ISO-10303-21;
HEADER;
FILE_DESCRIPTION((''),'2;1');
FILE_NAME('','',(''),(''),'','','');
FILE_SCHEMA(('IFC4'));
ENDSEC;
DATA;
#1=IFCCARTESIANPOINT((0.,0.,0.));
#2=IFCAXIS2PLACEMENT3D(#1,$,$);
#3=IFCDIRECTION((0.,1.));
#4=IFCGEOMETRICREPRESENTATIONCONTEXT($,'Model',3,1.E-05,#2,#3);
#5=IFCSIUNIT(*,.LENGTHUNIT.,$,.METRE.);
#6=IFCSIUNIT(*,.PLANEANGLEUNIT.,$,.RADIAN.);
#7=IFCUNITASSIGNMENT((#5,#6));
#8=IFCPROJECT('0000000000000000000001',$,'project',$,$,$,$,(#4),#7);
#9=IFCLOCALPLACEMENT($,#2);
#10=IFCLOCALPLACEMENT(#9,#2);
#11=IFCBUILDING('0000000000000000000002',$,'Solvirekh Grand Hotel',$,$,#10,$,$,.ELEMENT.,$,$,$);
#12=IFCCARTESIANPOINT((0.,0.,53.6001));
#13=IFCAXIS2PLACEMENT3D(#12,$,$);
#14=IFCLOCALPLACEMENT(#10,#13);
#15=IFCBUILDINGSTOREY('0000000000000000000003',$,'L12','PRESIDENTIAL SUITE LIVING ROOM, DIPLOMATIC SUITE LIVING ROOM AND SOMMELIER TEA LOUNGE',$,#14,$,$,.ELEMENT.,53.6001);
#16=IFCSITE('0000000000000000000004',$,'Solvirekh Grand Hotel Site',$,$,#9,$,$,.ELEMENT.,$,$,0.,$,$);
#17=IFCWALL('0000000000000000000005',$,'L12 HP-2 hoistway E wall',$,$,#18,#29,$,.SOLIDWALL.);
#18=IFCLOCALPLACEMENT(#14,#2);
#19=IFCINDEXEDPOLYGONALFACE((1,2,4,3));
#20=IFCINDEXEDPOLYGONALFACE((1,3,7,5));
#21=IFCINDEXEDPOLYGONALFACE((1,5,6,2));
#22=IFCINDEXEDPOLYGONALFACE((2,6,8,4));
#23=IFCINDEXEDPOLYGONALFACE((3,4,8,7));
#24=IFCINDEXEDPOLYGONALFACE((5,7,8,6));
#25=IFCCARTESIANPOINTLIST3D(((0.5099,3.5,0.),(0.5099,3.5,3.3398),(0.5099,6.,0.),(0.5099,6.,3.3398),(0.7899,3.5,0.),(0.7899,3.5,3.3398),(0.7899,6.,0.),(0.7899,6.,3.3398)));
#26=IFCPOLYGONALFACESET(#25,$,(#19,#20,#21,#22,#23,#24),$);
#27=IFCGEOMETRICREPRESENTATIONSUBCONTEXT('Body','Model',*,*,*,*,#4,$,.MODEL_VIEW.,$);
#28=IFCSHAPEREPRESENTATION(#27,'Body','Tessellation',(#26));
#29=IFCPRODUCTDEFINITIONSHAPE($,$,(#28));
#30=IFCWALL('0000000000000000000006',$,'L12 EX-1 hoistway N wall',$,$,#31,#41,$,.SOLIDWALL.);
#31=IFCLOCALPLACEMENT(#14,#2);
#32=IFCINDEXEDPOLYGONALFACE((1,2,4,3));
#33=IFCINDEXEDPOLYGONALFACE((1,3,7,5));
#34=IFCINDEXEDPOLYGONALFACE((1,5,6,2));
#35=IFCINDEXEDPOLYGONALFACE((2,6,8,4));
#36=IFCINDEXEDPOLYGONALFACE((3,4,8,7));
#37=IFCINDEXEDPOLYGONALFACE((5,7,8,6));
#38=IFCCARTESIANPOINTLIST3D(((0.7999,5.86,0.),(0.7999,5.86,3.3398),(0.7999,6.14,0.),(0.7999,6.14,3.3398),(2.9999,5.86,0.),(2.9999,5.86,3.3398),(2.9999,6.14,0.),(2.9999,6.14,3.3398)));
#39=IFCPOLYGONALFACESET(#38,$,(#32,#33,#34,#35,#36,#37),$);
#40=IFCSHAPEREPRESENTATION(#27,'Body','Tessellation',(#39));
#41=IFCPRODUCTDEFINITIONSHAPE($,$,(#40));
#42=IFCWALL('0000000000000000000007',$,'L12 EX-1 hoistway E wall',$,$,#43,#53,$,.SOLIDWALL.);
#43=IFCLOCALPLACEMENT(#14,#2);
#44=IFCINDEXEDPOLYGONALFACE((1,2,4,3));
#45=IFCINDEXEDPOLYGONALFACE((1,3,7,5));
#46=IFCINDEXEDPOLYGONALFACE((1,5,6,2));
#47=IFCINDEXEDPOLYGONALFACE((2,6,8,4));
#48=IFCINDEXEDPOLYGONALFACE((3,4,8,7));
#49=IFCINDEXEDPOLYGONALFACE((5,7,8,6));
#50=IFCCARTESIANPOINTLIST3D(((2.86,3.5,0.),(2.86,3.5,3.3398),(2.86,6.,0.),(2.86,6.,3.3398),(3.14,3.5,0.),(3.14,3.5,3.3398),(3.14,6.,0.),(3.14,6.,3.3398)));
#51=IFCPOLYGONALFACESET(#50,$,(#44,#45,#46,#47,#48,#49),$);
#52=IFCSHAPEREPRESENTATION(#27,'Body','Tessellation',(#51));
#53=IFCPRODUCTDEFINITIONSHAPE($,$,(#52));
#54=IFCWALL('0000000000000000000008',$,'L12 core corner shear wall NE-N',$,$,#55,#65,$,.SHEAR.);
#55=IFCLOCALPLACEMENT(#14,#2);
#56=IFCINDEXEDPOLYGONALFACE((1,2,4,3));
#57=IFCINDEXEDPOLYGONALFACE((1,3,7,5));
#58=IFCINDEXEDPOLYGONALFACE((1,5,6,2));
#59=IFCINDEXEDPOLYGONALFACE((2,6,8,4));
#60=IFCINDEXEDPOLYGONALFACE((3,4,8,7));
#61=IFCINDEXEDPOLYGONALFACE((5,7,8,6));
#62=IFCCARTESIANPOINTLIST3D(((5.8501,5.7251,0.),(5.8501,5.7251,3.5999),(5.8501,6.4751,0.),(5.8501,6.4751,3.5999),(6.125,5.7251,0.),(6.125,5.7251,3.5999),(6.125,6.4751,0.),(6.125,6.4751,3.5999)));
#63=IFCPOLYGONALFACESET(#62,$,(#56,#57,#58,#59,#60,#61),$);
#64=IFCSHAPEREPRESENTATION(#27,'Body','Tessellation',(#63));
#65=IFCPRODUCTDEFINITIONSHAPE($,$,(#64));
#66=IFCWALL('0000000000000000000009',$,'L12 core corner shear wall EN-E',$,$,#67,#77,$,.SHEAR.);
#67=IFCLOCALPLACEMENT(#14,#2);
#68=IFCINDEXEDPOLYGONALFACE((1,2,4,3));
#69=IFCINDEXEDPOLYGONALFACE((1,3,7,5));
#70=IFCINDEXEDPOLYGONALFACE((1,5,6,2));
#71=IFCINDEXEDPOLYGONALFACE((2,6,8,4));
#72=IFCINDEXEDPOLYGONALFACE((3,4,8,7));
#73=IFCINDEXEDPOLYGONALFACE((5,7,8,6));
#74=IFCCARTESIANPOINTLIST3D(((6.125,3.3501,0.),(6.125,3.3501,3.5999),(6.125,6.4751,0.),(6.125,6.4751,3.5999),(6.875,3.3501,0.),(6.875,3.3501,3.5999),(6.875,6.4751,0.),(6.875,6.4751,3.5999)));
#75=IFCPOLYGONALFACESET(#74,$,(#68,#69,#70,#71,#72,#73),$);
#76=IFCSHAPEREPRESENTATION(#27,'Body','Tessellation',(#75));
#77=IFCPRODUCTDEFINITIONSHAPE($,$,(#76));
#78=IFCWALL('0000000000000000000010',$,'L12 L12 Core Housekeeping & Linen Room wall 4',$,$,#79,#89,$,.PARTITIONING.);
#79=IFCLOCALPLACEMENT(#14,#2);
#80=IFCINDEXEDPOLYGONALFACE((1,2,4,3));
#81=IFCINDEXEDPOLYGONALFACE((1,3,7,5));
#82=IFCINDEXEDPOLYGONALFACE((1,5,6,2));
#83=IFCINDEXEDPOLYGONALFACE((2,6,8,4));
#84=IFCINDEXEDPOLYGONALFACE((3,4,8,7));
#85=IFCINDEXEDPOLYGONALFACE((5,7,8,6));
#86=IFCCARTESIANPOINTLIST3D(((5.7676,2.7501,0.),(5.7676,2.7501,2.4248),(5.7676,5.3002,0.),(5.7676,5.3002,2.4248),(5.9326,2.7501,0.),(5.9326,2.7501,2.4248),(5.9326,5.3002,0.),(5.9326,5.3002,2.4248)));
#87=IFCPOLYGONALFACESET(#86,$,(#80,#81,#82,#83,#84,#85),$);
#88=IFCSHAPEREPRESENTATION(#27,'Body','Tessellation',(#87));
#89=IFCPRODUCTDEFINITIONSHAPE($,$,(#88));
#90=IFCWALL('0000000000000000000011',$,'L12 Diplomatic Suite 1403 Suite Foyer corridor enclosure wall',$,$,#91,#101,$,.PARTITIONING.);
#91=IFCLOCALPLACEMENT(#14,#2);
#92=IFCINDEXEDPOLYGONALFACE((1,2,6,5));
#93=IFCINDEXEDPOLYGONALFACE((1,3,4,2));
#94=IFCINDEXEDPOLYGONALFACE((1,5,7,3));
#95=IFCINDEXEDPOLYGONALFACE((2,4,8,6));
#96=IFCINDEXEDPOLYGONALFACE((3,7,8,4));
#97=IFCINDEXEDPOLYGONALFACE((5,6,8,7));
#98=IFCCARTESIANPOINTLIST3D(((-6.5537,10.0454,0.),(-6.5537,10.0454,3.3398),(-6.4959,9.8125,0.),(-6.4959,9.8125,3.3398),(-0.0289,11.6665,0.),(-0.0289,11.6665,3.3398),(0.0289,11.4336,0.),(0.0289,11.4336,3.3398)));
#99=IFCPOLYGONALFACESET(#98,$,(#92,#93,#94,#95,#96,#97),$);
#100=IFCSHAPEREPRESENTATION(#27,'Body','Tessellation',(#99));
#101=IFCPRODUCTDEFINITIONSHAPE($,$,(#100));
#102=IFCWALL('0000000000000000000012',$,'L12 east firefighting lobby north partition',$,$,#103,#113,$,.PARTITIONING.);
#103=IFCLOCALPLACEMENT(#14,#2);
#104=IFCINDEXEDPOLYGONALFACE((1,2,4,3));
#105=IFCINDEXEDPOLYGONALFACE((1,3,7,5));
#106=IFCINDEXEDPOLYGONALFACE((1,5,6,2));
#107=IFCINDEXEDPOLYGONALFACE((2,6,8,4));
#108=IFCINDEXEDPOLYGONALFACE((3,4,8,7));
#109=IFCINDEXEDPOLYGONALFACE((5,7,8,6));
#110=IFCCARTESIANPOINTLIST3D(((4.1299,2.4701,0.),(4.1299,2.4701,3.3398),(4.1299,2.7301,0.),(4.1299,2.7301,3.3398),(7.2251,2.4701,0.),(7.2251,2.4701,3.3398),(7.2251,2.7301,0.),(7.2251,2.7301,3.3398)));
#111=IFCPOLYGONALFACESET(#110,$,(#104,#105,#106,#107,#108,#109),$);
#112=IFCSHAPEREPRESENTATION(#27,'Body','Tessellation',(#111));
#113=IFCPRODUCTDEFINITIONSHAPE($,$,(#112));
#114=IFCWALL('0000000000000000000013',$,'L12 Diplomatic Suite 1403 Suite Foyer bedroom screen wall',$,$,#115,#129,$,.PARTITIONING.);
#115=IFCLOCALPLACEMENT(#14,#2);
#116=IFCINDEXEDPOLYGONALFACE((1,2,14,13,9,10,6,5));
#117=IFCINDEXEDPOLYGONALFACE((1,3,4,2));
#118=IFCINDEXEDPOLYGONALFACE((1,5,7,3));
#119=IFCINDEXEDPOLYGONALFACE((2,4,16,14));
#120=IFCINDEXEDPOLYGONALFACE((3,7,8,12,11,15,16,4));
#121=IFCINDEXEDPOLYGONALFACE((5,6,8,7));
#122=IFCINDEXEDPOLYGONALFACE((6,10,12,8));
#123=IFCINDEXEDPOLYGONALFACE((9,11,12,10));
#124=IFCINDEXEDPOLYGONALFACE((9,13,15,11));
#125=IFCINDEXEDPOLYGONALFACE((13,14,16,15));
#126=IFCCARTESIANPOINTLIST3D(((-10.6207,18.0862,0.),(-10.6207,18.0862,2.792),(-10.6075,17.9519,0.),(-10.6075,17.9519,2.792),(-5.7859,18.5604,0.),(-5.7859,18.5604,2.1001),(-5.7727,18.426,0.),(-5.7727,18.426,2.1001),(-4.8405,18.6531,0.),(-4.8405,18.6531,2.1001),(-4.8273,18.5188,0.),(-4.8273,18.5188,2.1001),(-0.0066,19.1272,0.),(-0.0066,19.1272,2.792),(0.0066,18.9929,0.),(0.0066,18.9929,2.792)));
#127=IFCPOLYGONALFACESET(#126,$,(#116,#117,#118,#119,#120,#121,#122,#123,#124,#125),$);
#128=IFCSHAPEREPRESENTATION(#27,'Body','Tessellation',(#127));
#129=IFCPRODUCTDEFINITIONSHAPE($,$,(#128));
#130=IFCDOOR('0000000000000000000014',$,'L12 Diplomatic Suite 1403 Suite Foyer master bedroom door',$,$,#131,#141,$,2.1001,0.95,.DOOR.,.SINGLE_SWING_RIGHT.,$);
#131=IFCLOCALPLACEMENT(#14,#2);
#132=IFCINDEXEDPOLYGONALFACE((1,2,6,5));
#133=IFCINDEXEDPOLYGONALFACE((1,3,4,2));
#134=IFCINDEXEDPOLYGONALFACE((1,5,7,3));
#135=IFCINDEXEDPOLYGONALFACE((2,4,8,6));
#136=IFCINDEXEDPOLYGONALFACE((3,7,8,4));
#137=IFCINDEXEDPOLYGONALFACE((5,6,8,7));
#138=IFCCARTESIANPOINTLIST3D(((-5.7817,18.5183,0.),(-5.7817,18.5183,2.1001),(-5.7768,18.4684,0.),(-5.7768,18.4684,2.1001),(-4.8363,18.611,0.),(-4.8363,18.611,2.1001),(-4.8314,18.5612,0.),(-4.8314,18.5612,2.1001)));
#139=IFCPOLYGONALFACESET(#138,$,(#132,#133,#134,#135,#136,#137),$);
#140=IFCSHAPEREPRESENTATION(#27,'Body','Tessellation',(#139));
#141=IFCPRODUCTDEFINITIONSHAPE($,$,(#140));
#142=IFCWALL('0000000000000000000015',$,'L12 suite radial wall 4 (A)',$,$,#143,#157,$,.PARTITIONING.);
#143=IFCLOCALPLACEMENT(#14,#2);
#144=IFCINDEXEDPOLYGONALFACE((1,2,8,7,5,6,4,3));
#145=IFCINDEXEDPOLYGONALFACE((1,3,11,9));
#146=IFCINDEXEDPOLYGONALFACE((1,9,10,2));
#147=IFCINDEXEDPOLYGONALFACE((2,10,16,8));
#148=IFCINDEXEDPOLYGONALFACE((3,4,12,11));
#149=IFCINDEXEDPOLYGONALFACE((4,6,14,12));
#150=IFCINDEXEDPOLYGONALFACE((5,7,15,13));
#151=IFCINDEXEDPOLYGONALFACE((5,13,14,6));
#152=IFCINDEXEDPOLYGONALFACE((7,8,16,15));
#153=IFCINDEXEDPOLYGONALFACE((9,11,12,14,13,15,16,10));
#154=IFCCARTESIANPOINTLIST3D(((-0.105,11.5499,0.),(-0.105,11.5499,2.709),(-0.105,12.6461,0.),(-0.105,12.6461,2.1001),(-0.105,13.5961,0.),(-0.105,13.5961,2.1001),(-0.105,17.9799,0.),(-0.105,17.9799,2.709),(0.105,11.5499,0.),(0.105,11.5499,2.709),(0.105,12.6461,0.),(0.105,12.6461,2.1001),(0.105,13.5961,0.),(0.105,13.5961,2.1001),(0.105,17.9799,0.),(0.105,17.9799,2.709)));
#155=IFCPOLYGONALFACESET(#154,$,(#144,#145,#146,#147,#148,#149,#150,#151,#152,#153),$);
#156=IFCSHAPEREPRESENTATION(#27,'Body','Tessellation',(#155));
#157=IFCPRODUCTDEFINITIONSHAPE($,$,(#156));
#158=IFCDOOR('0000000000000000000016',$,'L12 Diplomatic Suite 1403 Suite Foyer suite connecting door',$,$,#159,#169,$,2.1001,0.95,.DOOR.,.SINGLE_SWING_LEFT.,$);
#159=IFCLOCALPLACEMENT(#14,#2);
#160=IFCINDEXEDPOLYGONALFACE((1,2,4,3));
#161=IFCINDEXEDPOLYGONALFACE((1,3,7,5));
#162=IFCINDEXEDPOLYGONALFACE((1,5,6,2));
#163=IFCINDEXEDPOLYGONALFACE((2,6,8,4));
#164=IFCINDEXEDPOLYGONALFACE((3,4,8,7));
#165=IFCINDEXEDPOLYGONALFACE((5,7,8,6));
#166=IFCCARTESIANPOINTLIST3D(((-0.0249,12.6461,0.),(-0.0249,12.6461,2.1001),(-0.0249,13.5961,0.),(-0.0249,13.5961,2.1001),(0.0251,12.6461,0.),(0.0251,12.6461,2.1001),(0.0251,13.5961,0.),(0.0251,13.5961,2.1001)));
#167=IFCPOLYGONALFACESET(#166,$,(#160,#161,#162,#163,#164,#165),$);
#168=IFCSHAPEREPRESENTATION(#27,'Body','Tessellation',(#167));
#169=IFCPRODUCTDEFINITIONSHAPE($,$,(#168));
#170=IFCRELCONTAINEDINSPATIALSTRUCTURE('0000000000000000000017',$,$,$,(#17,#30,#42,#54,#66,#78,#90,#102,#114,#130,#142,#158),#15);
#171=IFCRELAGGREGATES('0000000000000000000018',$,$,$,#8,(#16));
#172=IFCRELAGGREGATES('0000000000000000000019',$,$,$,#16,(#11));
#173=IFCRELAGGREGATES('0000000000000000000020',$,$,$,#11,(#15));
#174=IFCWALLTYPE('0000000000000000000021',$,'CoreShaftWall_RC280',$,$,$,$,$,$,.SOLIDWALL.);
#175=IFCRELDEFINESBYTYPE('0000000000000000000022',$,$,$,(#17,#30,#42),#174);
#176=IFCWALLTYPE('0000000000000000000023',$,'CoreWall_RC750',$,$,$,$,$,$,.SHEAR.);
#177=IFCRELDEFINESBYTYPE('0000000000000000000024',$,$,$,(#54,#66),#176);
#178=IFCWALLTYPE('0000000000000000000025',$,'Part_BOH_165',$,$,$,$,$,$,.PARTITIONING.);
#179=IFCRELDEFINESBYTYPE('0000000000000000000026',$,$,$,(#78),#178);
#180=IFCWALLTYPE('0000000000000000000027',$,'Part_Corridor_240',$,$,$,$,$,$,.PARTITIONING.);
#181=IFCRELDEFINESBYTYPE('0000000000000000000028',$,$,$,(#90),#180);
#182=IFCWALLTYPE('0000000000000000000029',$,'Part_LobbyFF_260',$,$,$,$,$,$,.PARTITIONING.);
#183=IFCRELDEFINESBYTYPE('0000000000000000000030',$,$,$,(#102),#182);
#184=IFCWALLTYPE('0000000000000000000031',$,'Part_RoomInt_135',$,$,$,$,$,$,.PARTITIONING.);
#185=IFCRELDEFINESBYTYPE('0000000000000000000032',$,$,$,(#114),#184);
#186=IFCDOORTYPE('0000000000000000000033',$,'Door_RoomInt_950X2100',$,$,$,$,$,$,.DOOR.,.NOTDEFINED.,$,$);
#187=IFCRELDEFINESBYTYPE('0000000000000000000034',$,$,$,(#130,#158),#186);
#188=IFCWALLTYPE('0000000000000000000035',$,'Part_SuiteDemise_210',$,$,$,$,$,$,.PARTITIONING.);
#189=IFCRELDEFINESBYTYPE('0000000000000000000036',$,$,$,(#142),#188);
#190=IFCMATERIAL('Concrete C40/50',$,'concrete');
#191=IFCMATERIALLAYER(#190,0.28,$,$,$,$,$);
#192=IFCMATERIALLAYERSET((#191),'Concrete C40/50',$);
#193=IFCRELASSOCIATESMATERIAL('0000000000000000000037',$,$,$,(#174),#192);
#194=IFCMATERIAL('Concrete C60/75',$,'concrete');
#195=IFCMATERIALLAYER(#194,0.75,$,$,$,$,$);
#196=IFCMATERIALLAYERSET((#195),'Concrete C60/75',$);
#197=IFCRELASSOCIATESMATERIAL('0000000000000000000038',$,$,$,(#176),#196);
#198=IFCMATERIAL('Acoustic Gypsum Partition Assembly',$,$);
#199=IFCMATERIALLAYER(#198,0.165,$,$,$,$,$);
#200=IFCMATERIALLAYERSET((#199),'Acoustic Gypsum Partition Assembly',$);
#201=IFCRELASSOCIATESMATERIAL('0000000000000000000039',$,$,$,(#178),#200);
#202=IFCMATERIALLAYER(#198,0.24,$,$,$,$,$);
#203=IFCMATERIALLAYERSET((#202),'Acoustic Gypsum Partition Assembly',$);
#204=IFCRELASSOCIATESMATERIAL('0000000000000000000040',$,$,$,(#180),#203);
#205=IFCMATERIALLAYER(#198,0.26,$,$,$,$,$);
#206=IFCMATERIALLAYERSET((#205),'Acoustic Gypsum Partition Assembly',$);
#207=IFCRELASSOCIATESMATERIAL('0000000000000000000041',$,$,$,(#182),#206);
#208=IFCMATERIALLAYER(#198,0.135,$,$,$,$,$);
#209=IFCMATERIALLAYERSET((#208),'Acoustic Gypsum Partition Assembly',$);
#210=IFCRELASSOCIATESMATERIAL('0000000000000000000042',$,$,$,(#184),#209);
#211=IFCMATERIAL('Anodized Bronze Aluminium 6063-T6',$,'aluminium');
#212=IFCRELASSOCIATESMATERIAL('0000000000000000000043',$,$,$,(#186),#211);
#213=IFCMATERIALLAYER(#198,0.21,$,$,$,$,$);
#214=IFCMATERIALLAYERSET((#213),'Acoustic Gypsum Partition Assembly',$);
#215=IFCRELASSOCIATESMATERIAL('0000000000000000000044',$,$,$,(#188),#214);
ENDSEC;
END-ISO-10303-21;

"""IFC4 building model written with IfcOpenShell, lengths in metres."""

from ifc_helpers import new_model, si_unit, direction, frame, frame_2d, origin, place, context, subcontext, project, spatial, rectangle, extrude, material, layer, layer_set, type_object, element, fill, save


model = new_model("IFC4")

# Units and contexts
model_context = context("Model", 3, precision=1e-05, world=origin(), true_north=direction((0.0, 1.0)))
body_context = subcontext(model_context, "Body", "Model", "MODEL_VIEW")
ifc_project = project(units=[si_unit("LENGTHUNIT", "METRE"), si_unit("PLANEANGLEUNIT", "RADIAN")], contexts=[model_context])

# Site, building, storey
site_placement = place(None, origin())
site = spatial("IfcSite", under=ifc_project, at=site_placement, Name="Solvirekh Grand Hotel Site", CompositionType="ELEMENT", RefElevation=0.0)
building_placement = place(site_placement, origin())
building = spatial("IfcBuilding", under=site, at=building_placement, Name="Solvirekh Grand Hotel", CompositionType="ELEMENT")
storey_placement = place(building_placement, frame((0.0, 0.0, 53.6001)))
storey = spatial("IfcBuildingStorey", under=building, at=storey_placement, Name="L12", Description="PRESIDENTIAL SUITE LIVING ROOM, DIPLOMATIC SUITE LIVING ROOM AND SOMMELIER TEA LOUNGE", CompositionType="ELEMENT", Elevation=53.6001)

# Shared definitions
ifc_material_1 = material(Name="Concrete C60/75", Category="concrete")

# Shared definitions
ifc_material_2 = material(Name="Anodized Bronze Aluminium 6063-T6", Category="aluminium")

# Walls
ifc_material_3 = material(Name="Concrete C40/50", Category="concrete")
ifc_layer_1 = layer(ifc_material_3, 0.28)
ifc_layer_set_1 = layer_set([ifc_layer_1], Name="Concrete C40/50")
wall_type_1 = type_object("IfcWallType", Name="CoreShaftWall_RC280", PredefinedType="SOLIDWALL", material=ifc_layer_set_1)
wall_1_placement = place(storey_placement, frame((0.6499, 3.5, 0.0), z_axis=(0.0, 0.0, 1.0), x_axis=(0.0, 1.0, 0.0)))
element("IfcWall", 1, at=wall_1_placement, inside=storey, type_object=wall_type_1, Name="L12 HP-2 hoistway E wall", PredefinedType="SOLIDWALL", context=body_context, shape_type="SweptSolid", body=[
    extrude(rectangle(XDim=2.5, YDim=0.28, at=frame_2d((1.25, 0.0))), origin(), (0.0, 0.0, 1.0), 3.3398),
])
wall_2_placement = place(storey_placement, frame((3.0, 6.0, 0.0), z_axis=(0.0, 0.0, 1.0), x_axis=(-1.0, 0.0, 0.0)))
element("IfcWall", 2, at=wall_2_placement, inside=storey, type_object=wall_type_1, Name="L12 EX-1 hoistway N wall", PredefinedType="SOLIDWALL", context=body_context, shape_type="SweptSolid", body=[
    extrude(rectangle(XDim=2.2, YDim=0.28, at=frame_2d((1.1001, 0.0))), origin(), (0.0, 0.0, 1.0), 3.3398),
])
wall_3_placement = place(storey_placement, frame((3.0, 3.5, 0.0), z_axis=(0.0, 0.0, 1.0), x_axis=(0.0, 1.0, 0.0)))
element("IfcWall", 3, at=wall_3_placement, inside=storey, type_object=wall_type_1, Name="L12 EX-1 hoistway E wall", PredefinedType="SOLIDWALL", context=body_context, shape_type="SweptSolid", body=[
    extrude(rectangle(XDim=2.5, YDim=0.28, at=frame_2d((1.25, 0.0))), origin(), (0.0, 0.0, 1.0), 3.3398),
])
ifc_layer_2 = layer(ifc_material_1, 0.75)
ifc_layer_set_2 = layer_set([ifc_layer_2], Name="Concrete C60/75")
wall_type_2 = type_object("IfcWallType", Name="CoreWall_RC750", PredefinedType="SHEAR", material=ifc_layer_set_2)
wall_4_placement = place(storey_placement, frame((5.8501, 6.1001, 0.0), z_axis=(0.0, 0.0, 1.0), x_axis=(1.0, 0.0, 0.0)))
element("IfcWall", 4, at=wall_4_placement, inside=storey, type_object=wall_type_2, Name="L12 core corner shear wall NE-N", PredefinedType="SHEAR", context=body_context, shape_type="SweptSolid", body=[
    extrude(rectangle(XDim=0.2749, YDim=0.75, at=frame_2d((0.1375, 0.0))), origin(), (0.0, 0.0, 1.0), 3.5999),
])
wall_5_placement = place(storey_placement, frame((6.5, 3.3501, 0.0), z_axis=(0.0, 0.0, 1.0), x_axis=(0.0, 1.0, 0.0)))
element("IfcWall", 5, at=wall_5_placement, inside=storey, type_object=wall_type_2, Name="L12 core corner shear wall EN-E", PredefinedType="SHEAR", context=body_context, shape_type="SweptSolid", body=[
    extrude(rectangle(XDim=3.125, YDim=0.75, at=frame_2d((1.5625, 0.0))), origin(), (0.0, 0.0, 1.0), 3.5999),
])
ifc_material_4 = material(Name="Acoustic Gypsum Partition Assembly")
ifc_layer_3 = layer(ifc_material_4, 0.165)
ifc_layer_set_3 = layer_set([ifc_layer_3], Name="Acoustic Gypsum Partition Assembly")
wall_type_3 = type_object("IfcWallType", Name="Part_BOH_165", PredefinedType="PARTITIONING", material=ifc_layer_set_3)
wall_6_placement = place(storey_placement, frame((5.8501, 5.3, 0.0), z_axis=(0.0, 0.0, 1.0), x_axis=(0.0, -1.0, 0.0)))
element("IfcWall", 6, at=wall_6_placement, inside=storey, type_object=wall_type_3, Name="L12 L12 Core Housekeeping & Linen Room wall 4", PredefinedType="PARTITIONING", context=body_context, shape_type="SweptSolid", body=[
    extrude(rectangle(XDim=2.55, YDim=0.165, at=frame_2d((1.2749, 0.0))), origin(), (0.0, 0.0, 1.0), 2.4248),
])
ifc_layer_4 = layer(ifc_material_4, 0.24)
ifc_layer_set_4 = layer_set([ifc_layer_4], Name="Acoustic Gypsum Partition Assembly")
wall_type_4 = type_object("IfcWallType", Name="Part_Corridor_240", PredefinedType="PARTITIONING", material=ifc_layer_set_4)
wall_7_placement = place(storey_placement, frame((0.0, 11.55, 0.0), z_axis=(0.0, 0.0, 1.0), x_axis=(-0.970496, -0.241117, 0.0)))
element("IfcWall", 7, at=wall_7_placement, inside=storey, type_object=wall_type_4, Name="L12 Diplomatic Suite 1403 Suite Foyer corridor enclosure wall", PredefinedType="PARTITIONING", context=body_context, shape_type="SweptSolid", body=[
    extrude(rectangle(XDim=6.7231, YDim=0.24, at=frame_2d((3.3616, 0.0))), origin(), (0.0, 0.0, 1.0), 3.3398),
])
ifc_layer_5 = layer(ifc_material_4, 0.26)
ifc_layer_set_5 = layer_set([ifc_layer_5], Name="Acoustic Gypsum Partition Assembly")
wall_type_5 = type_object("IfcWallType", Name="Part_LobbyFF_260", PredefinedType="PARTITIONING", material=ifc_layer_set_5)
wall_8_placement = place(storey_placement, frame((4.1299, 2.6001, 0.0), z_axis=(0.0, 0.0, 1.0), x_axis=(1.0, 0.0, 0.0)))
element("IfcWall", 8, at=wall_8_placement, inside=storey, type_object=wall_type_5, Name="L12 east firefighting lobby north partition", PredefinedType="PARTITIONING", context=body_context, shape_type="SweptSolid", body=[
    extrude(rectangle(XDim=3.0952, YDim=0.26, at=frame_2d((1.5476, 0.0))), origin(), (0.0, 0.0, 1.0), 3.3398),
])

# Walls, openings, doors
ifc_layer_6 = layer(ifc_material_4, 0.135)
ifc_layer_set_6 = layer_set([ifc_layer_6], Name="Acoustic Gypsum Partition Assembly")
wall_type_6 = type_object("IfcWallType", Name="Part_RoomInt_135", PredefinedType="PARTITIONING", material=ifc_layer_set_6)
wall_9_placement = place(storey_placement, frame((0.0, 19.0601, 0.0), z_axis=(0.0, 0.0, 1.0), x_axis=(-0.995225, -0.097611, 0.0)))
wall_9 = element("IfcWall", 9, at=wall_9_placement, inside=storey, type_object=wall_type_6, Name="L12 Diplomatic Suite 1403 Suite Foyer bedroom screen wall", PredefinedType="PARTITIONING", context=body_context, shape_type="SweptSolid", body=[
    extrude(rectangle(XDim=10.665, YDim=0.135, at=frame_2d((5.3325, 0.0))), origin(), (0.0, 0.0, 1.0), 2.792),
])
opening_1_placement = place(wall_9_placement, frame((4.8569, 0.0, 0.0)))
opening_1 = element("IfcOpeningElement", 10, at=opening_1_placement, cuts=wall_9, PredefinedType="OPENING", context=body_context, shape_type="SweptSolid", body=[
    extrude(rectangle(XDim=0.95, YDim=2.1001, at=frame_2d((0.4751, 1.05))), frame((0.0, 0.0776, 0.0), z_axis=(0.0, -1.0, 0.0), x_axis=(1.0, 0.0, 0.0)), (0.0, 0.0, 1.0), 0.155),
])
door_type = type_object("IfcDoorType", Name="Door_RoomInt_950X2100", OperationType="NOTDEFINED", PredefinedType="DOOR", material=ifc_material_2)
door_1_placement = place(opening_1_placement, origin())
door_1 = element("IfcDoor", 11, at=door_1_placement, inside=storey, type_object=door_type, Name="L12 Diplomatic Suite 1403 Suite Foyer master bedroom door", OperationType="SINGLE_SWING_RIGHT", OverallHeight=2.1001, OverallWidth=0.95, PredefinedType="DOOR", context=body_context, shape_type="SweptSolid", body=[
    extrude(rectangle(XDim=0.95, YDim=2.1001, at=frame_2d((0.4751, 1.05))), frame((0.0, 0.0249, 0.0), z_axis=(0.0, -1.0, 0.0), x_axis=(1.0, 0.0, 0.0)), (0.0, 0.0, 1.0), 0.05),
])
fill(opening_1, door_1)
ifc_layer_7 = layer(ifc_material_4, 0.21)
ifc_layer_set_7 = layer_set([ifc_layer_7], Name="Acoustic Gypsum Partition Assembly")
wall_type_7 = type_object("IfcWallType", Name="Part_SuiteDemise_210", PredefinedType="PARTITIONING", material=ifc_layer_set_7)
wall_10_placement = place(storey_placement, frame((0.0, 11.55, 0.0), z_axis=(0.0, 0.0, 1.0), x_axis=(0.0, 1.0, 0.0)))
wall_10 = element("IfcWall", 12, at=wall_10_placement, inside=storey, type_object=wall_type_7, Name="L12 suite radial wall 4 (A)", PredefinedType="PARTITIONING", context=body_context, shape_type="SweptSolid", body=[
    extrude(rectangle(XDim=6.4299, YDim=0.21, at=frame_2d((3.2148, 0.0))), origin(), (0.0, 0.0, 1.0), 2.709),
])
opening_2_placement = place(wall_10_placement, frame((1.0959, 0.0, 0.0)))
opening_2 = element("IfcOpeningElement", 13, at=opening_2_placement, cuts=wall_10, PredefinedType="OPENING", context=body_context, shape_type="SweptSolid", body=[
    extrude(rectangle(XDim=0.95, YDim=2.1001, at=frame_2d((0.4751, 1.05))), frame((0.0, 0.115, 0.0), z_axis=(0.0, -1.0, 0.0), x_axis=(1.0, 0.0, 0.0)), (0.0, 0.0, 1.0), 0.23),
])
door_2_placement = place(opening_2_placement, origin())
door_2 = element("IfcDoor", 14, at=door_2_placement, inside=storey, type_object=door_type, Name="L12 Diplomatic Suite 1403 Suite Foyer suite connecting door", OperationType="SINGLE_SWING_LEFT", OverallHeight=2.1001, OverallWidth=0.95, PredefinedType="DOOR", context=body_context, shape_type="SweptSolid", body=[
    extrude(rectangle(XDim=0.95, YDim=2.1001, at=frame_2d((0.4751, 1.05))), frame((0.0, 0.0249, 0.0), z_axis=(0.0, -1.0, 0.0), x_axis=(1.0, 0.0, 0.0)), (0.0, 0.0, 1.0), 0.05),
])
fill(opening_2, door_2)

save(model, "model.ifc")
